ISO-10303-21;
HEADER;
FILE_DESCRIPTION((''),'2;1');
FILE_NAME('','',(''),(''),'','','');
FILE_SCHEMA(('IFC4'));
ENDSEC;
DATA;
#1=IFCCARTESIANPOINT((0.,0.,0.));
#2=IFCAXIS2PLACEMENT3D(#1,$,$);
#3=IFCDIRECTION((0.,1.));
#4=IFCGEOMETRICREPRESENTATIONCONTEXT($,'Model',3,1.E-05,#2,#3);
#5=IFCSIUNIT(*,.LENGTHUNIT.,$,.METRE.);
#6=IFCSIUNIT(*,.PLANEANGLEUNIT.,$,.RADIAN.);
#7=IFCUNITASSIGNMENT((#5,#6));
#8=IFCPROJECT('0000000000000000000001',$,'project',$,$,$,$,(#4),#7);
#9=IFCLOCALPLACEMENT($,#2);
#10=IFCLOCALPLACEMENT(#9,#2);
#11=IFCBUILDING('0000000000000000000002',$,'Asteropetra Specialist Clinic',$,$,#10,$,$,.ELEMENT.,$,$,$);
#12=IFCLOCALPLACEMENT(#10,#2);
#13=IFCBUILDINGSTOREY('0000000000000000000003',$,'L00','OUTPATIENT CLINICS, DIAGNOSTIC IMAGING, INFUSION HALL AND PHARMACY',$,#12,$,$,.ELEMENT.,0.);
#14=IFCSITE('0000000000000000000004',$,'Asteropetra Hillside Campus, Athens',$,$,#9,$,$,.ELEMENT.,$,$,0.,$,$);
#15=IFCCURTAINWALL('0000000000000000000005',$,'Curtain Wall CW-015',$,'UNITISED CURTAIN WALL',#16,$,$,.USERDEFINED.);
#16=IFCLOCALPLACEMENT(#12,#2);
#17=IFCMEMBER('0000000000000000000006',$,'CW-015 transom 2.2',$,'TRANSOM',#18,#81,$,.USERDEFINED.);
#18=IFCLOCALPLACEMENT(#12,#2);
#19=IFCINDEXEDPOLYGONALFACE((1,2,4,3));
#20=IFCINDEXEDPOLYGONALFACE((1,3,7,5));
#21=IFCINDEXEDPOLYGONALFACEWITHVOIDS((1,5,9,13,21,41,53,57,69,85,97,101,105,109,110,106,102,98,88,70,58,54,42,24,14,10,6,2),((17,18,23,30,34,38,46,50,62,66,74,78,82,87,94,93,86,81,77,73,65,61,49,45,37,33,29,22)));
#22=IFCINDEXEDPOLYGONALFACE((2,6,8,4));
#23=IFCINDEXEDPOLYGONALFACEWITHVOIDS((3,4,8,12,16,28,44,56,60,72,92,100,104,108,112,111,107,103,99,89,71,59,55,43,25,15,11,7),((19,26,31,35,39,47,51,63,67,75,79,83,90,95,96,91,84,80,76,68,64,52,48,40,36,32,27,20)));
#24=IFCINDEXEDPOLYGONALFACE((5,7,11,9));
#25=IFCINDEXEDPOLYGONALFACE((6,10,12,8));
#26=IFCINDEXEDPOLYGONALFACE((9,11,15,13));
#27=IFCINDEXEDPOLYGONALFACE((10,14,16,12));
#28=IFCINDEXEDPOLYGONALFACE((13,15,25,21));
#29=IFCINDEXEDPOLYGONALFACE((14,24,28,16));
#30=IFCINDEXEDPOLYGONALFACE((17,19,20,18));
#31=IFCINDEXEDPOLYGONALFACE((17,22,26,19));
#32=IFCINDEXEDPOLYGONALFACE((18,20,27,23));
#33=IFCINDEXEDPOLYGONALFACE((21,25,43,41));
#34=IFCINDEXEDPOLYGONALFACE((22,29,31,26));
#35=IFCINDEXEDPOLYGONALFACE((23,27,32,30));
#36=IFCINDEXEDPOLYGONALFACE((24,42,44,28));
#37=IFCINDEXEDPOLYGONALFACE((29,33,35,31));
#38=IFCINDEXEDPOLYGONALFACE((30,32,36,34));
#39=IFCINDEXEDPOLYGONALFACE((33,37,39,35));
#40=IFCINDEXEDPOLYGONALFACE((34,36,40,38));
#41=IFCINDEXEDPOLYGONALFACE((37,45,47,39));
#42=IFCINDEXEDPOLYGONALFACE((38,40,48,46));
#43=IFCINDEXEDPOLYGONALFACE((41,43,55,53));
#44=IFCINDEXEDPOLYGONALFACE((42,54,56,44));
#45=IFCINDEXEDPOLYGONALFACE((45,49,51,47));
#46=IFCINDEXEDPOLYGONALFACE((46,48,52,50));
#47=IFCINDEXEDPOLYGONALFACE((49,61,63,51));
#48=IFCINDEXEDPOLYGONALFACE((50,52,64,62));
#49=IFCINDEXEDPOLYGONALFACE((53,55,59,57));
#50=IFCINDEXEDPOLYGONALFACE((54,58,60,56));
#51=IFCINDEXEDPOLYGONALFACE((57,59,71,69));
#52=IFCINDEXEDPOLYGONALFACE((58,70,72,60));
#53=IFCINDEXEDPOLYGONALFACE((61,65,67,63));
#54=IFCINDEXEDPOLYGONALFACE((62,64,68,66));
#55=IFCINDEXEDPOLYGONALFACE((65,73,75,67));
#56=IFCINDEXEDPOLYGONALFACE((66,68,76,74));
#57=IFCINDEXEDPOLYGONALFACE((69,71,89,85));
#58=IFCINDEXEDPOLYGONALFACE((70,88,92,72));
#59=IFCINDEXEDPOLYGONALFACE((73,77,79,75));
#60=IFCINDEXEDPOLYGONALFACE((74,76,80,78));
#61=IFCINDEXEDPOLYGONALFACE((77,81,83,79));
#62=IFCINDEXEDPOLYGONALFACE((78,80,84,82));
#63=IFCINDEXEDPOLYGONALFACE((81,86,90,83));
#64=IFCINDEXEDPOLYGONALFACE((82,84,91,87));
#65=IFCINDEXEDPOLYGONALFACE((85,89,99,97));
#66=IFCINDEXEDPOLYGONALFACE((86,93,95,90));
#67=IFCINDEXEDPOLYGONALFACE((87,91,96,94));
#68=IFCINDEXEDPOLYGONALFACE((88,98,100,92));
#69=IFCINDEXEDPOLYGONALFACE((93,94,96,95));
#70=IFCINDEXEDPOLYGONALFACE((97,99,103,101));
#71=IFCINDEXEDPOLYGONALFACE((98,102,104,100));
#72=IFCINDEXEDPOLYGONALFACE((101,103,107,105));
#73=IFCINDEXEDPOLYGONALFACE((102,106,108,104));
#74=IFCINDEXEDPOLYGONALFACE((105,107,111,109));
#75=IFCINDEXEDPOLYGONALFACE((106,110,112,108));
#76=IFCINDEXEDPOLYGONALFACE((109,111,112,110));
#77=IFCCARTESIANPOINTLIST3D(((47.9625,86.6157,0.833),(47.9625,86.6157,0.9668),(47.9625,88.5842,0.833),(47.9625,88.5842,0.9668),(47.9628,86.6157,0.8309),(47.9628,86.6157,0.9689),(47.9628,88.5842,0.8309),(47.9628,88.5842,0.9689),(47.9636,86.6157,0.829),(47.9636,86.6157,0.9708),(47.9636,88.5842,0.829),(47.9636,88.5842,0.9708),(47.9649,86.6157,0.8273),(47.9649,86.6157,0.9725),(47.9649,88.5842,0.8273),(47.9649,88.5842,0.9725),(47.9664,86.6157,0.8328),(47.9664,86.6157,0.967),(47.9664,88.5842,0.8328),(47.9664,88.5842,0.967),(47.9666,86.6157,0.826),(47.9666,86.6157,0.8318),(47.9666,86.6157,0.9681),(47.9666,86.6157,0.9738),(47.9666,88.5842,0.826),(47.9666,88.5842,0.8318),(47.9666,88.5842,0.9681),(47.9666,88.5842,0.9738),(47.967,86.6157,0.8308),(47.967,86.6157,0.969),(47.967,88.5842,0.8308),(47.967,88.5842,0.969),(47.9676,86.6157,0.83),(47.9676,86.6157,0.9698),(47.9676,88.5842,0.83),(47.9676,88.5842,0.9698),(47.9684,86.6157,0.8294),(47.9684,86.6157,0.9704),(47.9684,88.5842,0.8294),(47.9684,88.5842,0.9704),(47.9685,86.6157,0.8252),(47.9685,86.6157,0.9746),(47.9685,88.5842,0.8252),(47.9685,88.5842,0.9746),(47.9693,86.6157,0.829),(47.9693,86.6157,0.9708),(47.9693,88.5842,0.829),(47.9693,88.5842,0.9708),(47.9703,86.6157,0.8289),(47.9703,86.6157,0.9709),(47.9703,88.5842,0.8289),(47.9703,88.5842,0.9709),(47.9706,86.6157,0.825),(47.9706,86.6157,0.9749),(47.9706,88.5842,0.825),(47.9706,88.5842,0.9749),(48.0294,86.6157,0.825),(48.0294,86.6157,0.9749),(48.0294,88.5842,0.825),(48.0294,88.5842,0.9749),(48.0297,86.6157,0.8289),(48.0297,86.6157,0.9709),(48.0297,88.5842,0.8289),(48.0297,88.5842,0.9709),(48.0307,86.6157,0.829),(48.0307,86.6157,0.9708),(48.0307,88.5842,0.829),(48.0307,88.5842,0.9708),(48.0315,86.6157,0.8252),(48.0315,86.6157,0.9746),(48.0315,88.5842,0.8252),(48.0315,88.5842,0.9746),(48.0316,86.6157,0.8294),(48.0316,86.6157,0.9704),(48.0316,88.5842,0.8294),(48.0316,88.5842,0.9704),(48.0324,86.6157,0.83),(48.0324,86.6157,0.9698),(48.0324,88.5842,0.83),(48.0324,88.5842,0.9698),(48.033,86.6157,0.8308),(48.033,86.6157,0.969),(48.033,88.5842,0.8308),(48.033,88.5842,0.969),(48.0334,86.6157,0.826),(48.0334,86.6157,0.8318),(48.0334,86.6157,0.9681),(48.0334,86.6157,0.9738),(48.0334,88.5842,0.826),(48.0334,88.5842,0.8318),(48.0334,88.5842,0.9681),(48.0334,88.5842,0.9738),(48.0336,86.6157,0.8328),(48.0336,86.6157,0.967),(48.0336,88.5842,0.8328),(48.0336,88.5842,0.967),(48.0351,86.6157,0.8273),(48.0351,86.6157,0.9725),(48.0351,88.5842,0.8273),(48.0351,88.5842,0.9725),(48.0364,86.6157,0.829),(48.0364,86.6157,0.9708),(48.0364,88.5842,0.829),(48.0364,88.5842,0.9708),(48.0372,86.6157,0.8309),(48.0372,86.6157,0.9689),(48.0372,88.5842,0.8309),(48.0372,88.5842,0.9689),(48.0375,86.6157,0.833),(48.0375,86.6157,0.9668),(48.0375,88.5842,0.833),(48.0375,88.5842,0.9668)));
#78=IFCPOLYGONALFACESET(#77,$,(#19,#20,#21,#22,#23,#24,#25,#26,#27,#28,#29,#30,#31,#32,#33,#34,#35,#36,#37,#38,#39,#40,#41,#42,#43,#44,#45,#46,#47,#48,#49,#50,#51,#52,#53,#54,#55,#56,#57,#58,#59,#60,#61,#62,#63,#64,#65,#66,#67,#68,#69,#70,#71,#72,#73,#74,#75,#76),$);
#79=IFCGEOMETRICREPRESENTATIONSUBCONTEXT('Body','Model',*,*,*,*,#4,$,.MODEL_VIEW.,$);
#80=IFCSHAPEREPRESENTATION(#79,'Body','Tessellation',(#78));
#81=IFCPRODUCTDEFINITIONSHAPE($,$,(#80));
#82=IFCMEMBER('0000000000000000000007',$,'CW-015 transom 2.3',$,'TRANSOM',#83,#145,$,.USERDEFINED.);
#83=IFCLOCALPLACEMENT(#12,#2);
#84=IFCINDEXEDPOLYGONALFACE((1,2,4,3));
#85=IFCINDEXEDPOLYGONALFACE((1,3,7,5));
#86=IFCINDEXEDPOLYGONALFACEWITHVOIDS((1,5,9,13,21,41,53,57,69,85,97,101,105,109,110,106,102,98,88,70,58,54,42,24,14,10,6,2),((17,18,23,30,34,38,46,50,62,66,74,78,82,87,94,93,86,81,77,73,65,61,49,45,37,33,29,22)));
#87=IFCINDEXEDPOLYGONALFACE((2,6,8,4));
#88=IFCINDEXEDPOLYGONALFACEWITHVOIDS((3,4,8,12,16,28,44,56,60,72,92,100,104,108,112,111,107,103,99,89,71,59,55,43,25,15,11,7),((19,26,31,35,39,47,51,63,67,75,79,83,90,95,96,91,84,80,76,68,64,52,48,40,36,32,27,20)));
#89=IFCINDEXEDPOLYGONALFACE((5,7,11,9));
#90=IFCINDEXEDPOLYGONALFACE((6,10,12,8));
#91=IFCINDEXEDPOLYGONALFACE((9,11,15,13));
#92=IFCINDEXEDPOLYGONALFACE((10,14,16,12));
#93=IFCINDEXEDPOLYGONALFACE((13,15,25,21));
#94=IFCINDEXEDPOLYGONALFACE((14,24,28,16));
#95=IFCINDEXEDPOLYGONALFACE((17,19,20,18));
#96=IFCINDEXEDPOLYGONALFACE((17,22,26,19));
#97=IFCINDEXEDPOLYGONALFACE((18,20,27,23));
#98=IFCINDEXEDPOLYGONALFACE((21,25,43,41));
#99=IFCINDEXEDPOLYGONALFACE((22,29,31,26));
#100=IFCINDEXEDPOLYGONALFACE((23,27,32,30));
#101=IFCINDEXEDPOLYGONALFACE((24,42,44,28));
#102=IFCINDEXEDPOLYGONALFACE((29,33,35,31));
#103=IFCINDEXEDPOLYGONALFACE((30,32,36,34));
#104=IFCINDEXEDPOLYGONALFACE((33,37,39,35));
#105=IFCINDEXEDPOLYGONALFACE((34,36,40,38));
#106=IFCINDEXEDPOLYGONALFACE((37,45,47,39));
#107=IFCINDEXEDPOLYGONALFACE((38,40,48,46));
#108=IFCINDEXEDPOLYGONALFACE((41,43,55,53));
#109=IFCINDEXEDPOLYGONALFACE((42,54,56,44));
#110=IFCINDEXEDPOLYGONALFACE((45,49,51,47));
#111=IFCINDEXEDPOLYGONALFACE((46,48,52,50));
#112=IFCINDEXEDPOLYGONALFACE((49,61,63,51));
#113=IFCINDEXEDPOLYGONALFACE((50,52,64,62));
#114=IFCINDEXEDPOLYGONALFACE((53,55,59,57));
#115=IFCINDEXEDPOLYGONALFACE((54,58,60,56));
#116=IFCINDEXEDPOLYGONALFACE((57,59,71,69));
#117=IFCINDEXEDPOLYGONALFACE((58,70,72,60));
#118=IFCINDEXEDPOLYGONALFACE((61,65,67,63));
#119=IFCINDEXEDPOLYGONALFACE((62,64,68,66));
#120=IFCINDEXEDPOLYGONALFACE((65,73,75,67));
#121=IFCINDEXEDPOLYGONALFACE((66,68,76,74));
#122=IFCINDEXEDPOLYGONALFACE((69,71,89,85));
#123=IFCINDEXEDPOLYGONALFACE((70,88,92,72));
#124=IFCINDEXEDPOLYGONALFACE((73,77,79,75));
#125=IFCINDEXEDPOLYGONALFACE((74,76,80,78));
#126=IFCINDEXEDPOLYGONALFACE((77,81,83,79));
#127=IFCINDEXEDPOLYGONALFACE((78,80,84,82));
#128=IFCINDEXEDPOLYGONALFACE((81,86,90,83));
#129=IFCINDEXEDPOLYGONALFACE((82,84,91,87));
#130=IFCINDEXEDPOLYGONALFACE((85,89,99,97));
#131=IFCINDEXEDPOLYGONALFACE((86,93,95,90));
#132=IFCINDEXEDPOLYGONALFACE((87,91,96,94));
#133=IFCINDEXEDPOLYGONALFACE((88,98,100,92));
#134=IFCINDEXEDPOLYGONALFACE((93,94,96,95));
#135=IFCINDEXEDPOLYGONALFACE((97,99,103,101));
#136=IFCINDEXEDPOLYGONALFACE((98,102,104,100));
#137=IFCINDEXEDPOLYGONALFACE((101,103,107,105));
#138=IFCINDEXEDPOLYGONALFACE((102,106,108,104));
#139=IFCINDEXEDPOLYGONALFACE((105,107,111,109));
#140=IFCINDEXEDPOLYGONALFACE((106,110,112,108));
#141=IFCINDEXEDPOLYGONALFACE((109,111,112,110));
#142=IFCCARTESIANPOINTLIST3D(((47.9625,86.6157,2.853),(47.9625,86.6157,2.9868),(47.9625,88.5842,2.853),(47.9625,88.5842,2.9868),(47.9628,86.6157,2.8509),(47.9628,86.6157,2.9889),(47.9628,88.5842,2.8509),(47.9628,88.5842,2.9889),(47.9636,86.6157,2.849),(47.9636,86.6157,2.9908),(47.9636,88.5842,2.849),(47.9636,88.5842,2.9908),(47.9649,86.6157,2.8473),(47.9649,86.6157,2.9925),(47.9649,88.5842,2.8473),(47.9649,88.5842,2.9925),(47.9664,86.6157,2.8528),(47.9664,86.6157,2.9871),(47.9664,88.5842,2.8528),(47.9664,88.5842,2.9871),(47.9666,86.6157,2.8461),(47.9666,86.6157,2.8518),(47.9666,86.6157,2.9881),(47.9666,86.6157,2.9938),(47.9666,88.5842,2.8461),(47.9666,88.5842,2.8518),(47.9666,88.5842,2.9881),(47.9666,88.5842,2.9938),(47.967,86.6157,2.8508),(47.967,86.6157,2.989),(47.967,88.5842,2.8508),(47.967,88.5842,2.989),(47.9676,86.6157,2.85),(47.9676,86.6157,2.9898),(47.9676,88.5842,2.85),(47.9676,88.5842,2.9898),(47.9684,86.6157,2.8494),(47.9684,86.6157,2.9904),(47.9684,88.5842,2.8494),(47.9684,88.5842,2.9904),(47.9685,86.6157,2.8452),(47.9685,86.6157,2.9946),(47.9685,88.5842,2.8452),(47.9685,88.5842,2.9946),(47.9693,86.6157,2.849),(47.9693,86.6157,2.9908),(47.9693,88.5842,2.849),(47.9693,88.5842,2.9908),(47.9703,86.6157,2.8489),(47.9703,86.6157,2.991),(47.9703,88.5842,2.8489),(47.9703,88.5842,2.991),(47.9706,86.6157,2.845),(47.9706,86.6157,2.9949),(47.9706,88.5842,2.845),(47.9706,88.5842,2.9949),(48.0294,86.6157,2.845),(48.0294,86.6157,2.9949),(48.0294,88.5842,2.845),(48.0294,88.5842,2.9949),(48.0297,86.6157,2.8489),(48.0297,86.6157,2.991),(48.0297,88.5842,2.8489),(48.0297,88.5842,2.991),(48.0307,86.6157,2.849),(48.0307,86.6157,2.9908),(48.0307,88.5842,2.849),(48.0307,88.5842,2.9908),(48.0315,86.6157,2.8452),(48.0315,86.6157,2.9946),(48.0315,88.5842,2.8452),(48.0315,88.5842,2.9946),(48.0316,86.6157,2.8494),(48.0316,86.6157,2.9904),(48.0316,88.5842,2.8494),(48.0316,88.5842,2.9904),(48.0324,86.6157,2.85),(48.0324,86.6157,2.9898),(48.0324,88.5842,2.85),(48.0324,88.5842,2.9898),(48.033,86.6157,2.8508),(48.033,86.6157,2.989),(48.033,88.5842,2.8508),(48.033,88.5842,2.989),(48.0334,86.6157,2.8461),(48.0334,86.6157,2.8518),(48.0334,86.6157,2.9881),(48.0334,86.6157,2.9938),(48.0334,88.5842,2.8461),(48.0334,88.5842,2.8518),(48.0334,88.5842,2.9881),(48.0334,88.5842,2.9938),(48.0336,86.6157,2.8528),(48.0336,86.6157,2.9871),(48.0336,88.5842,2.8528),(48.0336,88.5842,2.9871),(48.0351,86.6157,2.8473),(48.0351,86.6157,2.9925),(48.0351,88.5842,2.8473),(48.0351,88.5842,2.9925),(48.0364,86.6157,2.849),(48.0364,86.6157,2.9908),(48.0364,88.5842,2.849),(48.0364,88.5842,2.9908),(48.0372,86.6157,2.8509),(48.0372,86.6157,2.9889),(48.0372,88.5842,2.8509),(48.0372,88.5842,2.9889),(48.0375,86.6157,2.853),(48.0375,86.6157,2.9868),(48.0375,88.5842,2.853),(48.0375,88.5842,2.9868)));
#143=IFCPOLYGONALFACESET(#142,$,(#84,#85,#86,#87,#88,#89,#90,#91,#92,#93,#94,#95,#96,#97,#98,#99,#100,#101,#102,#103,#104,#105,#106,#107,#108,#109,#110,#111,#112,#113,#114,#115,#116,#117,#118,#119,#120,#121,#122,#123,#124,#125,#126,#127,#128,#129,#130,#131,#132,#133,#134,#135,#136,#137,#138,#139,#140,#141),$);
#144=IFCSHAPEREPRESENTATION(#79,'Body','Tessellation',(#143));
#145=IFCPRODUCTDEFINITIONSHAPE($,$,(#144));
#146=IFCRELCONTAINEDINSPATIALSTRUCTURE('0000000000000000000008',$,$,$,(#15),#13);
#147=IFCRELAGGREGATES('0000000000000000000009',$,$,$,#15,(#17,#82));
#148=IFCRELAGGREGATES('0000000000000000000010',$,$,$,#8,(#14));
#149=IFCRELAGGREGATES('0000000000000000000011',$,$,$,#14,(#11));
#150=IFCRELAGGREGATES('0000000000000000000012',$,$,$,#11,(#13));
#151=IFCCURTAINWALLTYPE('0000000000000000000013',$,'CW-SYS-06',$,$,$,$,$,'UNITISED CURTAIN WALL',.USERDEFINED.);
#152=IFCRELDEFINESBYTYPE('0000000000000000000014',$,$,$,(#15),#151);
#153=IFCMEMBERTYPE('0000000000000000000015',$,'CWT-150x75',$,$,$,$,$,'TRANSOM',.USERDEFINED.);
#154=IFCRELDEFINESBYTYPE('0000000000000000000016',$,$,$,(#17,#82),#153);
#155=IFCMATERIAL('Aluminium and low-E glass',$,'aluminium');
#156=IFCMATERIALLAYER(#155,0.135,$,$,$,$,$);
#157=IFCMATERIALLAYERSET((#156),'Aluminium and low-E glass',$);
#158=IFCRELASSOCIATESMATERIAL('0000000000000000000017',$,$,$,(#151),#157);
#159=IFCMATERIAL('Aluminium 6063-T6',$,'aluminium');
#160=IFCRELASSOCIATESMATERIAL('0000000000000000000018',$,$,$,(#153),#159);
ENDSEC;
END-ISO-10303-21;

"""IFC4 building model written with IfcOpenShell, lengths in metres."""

from ifc_helpers import new_model, si_unit, direction, frame, origin, origin_2d, place, context, subcontext, project, spatial, hollow_rectangle, extrude, material, layer, layer_set, material_profile, profile_set, type_object, element, aggregate, save


model = new_model("IFC4")

# Units and contexts
model_context = context("Model", 3, precision=1e-05, world=origin(), true_north=direction((0.0, 1.0)))
body_context = subcontext(model_context, "Body", "Model", "MODEL_VIEW")
ifc_project = project(units=[si_unit("LENGTHUNIT", "METRE"), si_unit("PLANEANGLEUNIT", "RADIAN")], contexts=[model_context])

# Site, building, storey
site_placement = place(None, origin())
site = spatial("IfcSite", under=ifc_project, at=site_placement, Name="Asteropetra Hillside Campus, Athens", CompositionType="ELEMENT", RefElevation=0.0)
building_placement = place(site_placement, origin())
building = spatial("IfcBuilding", under=site, at=building_placement, Name="Asteropetra Specialist Clinic", CompositionType="ELEMENT")
storey_placement = place(building_placement, origin())
storey = spatial("IfcBuildingStorey", under=building, at=storey_placement, Name="L00", Description="OUTPATIENT CLINICS, DIAGNOSTIC IMAGING, INFUSION HALL AND PHARMACY", CompositionType="ELEMENT", Elevation=0.0)

# Curtain wall, members
ifc_material_1 = material(Name="Aluminium and low-E glass", Category="aluminium")
ifc_layer_1 = layer(ifc_material_1, 0.135)
ifc_layer_set_1 = layer_set([ifc_layer_1], Name="Aluminium and low-E glass")
curtain_wall_type_1 = type_object("IfcCurtainWallType", Name="CW-SYS-06", ElementType="UNITISED CURTAIN WALL", PredefinedType="USERDEFINED", material=ifc_layer_set_1)
curtain_wall_1_placement = place(storey_placement, origin())
curtain_wall_1 = element("IfcCurtainWall", 1, at=curtain_wall_1_placement, inside=storey, type_object=curtain_wall_type_1, Name="Curtain Wall CW-015", ObjectType="UNITISED CURTAIN WALL", PredefinedType="USERDEFINED")
ifc_material_2 = material(Name="Aluminium 6063-T6", Category="aluminium")
ifc_material_profile_1 = material_profile(ifc_material_2, hollow_rectangle(XDim=0.075, YDim=0.1499, WallThickness=0.0039, InnerFilletRadius=0.0039, OuterFilletRadius=0.0081, at=origin_2d()), Name="TRN 150x75x4.0")
ifc_profile_set_1 = profile_set([ifc_material_profile_1], Name="Aluminium 6063-T6")
member_type_1 = type_object("IfcMemberType", Name="CWT-150x75", ElementType="TRANSOM", PredefinedType="USERDEFINED", material=ifc_profile_set_1)
member_1_placement = place(storey_placement, frame((48.0, 88.5842, 0.8999), z_axis=(0.0, -1.0, 0.0), x_axis=(1.0, 0.0, 0.0)))
member_1 = element("IfcMember", 2, at=member_1_placement, type_object=member_type_1, Name="CW-015 transom 2.2", ObjectType="TRANSOM", PredefinedType="USERDEFINED", context=body_context, shape_type="SweptSolid", body=[
    extrude(hollow_rectangle(XDim=0.075, YDim=0.1499, WallThickness=0.0039, InnerFilletRadius=0.0039, OuterFilletRadius=0.0081, at=origin_2d()), origin(), (0.0, 0.0, 1.0), 1.9685),
])
member_2_placement = place(storey_placement, frame((48.0, 88.5842, 2.9199), z_axis=(0.0, -1.0, 0.0), x_axis=(1.0, 0.0, 0.0)))
member_2 = element("IfcMember", 3, at=member_2_placement, type_object=member_type_1, Name="CW-015 transom 2.3", ObjectType="TRANSOM", PredefinedType="USERDEFINED", context=body_context, shape_type="SweptSolid", body=[
    extrude(hollow_rectangle(XDim=0.075, YDim=0.1499, WallThickness=0.0039, InnerFilletRadius=0.0039, OuterFilletRadius=0.0081, at=origin_2d()), origin(), (0.0, 0.0, 1.0), 1.9685),
])
aggregate(curtain_wall_1, [member_1, member_2])

save(model, "model.ifc")
